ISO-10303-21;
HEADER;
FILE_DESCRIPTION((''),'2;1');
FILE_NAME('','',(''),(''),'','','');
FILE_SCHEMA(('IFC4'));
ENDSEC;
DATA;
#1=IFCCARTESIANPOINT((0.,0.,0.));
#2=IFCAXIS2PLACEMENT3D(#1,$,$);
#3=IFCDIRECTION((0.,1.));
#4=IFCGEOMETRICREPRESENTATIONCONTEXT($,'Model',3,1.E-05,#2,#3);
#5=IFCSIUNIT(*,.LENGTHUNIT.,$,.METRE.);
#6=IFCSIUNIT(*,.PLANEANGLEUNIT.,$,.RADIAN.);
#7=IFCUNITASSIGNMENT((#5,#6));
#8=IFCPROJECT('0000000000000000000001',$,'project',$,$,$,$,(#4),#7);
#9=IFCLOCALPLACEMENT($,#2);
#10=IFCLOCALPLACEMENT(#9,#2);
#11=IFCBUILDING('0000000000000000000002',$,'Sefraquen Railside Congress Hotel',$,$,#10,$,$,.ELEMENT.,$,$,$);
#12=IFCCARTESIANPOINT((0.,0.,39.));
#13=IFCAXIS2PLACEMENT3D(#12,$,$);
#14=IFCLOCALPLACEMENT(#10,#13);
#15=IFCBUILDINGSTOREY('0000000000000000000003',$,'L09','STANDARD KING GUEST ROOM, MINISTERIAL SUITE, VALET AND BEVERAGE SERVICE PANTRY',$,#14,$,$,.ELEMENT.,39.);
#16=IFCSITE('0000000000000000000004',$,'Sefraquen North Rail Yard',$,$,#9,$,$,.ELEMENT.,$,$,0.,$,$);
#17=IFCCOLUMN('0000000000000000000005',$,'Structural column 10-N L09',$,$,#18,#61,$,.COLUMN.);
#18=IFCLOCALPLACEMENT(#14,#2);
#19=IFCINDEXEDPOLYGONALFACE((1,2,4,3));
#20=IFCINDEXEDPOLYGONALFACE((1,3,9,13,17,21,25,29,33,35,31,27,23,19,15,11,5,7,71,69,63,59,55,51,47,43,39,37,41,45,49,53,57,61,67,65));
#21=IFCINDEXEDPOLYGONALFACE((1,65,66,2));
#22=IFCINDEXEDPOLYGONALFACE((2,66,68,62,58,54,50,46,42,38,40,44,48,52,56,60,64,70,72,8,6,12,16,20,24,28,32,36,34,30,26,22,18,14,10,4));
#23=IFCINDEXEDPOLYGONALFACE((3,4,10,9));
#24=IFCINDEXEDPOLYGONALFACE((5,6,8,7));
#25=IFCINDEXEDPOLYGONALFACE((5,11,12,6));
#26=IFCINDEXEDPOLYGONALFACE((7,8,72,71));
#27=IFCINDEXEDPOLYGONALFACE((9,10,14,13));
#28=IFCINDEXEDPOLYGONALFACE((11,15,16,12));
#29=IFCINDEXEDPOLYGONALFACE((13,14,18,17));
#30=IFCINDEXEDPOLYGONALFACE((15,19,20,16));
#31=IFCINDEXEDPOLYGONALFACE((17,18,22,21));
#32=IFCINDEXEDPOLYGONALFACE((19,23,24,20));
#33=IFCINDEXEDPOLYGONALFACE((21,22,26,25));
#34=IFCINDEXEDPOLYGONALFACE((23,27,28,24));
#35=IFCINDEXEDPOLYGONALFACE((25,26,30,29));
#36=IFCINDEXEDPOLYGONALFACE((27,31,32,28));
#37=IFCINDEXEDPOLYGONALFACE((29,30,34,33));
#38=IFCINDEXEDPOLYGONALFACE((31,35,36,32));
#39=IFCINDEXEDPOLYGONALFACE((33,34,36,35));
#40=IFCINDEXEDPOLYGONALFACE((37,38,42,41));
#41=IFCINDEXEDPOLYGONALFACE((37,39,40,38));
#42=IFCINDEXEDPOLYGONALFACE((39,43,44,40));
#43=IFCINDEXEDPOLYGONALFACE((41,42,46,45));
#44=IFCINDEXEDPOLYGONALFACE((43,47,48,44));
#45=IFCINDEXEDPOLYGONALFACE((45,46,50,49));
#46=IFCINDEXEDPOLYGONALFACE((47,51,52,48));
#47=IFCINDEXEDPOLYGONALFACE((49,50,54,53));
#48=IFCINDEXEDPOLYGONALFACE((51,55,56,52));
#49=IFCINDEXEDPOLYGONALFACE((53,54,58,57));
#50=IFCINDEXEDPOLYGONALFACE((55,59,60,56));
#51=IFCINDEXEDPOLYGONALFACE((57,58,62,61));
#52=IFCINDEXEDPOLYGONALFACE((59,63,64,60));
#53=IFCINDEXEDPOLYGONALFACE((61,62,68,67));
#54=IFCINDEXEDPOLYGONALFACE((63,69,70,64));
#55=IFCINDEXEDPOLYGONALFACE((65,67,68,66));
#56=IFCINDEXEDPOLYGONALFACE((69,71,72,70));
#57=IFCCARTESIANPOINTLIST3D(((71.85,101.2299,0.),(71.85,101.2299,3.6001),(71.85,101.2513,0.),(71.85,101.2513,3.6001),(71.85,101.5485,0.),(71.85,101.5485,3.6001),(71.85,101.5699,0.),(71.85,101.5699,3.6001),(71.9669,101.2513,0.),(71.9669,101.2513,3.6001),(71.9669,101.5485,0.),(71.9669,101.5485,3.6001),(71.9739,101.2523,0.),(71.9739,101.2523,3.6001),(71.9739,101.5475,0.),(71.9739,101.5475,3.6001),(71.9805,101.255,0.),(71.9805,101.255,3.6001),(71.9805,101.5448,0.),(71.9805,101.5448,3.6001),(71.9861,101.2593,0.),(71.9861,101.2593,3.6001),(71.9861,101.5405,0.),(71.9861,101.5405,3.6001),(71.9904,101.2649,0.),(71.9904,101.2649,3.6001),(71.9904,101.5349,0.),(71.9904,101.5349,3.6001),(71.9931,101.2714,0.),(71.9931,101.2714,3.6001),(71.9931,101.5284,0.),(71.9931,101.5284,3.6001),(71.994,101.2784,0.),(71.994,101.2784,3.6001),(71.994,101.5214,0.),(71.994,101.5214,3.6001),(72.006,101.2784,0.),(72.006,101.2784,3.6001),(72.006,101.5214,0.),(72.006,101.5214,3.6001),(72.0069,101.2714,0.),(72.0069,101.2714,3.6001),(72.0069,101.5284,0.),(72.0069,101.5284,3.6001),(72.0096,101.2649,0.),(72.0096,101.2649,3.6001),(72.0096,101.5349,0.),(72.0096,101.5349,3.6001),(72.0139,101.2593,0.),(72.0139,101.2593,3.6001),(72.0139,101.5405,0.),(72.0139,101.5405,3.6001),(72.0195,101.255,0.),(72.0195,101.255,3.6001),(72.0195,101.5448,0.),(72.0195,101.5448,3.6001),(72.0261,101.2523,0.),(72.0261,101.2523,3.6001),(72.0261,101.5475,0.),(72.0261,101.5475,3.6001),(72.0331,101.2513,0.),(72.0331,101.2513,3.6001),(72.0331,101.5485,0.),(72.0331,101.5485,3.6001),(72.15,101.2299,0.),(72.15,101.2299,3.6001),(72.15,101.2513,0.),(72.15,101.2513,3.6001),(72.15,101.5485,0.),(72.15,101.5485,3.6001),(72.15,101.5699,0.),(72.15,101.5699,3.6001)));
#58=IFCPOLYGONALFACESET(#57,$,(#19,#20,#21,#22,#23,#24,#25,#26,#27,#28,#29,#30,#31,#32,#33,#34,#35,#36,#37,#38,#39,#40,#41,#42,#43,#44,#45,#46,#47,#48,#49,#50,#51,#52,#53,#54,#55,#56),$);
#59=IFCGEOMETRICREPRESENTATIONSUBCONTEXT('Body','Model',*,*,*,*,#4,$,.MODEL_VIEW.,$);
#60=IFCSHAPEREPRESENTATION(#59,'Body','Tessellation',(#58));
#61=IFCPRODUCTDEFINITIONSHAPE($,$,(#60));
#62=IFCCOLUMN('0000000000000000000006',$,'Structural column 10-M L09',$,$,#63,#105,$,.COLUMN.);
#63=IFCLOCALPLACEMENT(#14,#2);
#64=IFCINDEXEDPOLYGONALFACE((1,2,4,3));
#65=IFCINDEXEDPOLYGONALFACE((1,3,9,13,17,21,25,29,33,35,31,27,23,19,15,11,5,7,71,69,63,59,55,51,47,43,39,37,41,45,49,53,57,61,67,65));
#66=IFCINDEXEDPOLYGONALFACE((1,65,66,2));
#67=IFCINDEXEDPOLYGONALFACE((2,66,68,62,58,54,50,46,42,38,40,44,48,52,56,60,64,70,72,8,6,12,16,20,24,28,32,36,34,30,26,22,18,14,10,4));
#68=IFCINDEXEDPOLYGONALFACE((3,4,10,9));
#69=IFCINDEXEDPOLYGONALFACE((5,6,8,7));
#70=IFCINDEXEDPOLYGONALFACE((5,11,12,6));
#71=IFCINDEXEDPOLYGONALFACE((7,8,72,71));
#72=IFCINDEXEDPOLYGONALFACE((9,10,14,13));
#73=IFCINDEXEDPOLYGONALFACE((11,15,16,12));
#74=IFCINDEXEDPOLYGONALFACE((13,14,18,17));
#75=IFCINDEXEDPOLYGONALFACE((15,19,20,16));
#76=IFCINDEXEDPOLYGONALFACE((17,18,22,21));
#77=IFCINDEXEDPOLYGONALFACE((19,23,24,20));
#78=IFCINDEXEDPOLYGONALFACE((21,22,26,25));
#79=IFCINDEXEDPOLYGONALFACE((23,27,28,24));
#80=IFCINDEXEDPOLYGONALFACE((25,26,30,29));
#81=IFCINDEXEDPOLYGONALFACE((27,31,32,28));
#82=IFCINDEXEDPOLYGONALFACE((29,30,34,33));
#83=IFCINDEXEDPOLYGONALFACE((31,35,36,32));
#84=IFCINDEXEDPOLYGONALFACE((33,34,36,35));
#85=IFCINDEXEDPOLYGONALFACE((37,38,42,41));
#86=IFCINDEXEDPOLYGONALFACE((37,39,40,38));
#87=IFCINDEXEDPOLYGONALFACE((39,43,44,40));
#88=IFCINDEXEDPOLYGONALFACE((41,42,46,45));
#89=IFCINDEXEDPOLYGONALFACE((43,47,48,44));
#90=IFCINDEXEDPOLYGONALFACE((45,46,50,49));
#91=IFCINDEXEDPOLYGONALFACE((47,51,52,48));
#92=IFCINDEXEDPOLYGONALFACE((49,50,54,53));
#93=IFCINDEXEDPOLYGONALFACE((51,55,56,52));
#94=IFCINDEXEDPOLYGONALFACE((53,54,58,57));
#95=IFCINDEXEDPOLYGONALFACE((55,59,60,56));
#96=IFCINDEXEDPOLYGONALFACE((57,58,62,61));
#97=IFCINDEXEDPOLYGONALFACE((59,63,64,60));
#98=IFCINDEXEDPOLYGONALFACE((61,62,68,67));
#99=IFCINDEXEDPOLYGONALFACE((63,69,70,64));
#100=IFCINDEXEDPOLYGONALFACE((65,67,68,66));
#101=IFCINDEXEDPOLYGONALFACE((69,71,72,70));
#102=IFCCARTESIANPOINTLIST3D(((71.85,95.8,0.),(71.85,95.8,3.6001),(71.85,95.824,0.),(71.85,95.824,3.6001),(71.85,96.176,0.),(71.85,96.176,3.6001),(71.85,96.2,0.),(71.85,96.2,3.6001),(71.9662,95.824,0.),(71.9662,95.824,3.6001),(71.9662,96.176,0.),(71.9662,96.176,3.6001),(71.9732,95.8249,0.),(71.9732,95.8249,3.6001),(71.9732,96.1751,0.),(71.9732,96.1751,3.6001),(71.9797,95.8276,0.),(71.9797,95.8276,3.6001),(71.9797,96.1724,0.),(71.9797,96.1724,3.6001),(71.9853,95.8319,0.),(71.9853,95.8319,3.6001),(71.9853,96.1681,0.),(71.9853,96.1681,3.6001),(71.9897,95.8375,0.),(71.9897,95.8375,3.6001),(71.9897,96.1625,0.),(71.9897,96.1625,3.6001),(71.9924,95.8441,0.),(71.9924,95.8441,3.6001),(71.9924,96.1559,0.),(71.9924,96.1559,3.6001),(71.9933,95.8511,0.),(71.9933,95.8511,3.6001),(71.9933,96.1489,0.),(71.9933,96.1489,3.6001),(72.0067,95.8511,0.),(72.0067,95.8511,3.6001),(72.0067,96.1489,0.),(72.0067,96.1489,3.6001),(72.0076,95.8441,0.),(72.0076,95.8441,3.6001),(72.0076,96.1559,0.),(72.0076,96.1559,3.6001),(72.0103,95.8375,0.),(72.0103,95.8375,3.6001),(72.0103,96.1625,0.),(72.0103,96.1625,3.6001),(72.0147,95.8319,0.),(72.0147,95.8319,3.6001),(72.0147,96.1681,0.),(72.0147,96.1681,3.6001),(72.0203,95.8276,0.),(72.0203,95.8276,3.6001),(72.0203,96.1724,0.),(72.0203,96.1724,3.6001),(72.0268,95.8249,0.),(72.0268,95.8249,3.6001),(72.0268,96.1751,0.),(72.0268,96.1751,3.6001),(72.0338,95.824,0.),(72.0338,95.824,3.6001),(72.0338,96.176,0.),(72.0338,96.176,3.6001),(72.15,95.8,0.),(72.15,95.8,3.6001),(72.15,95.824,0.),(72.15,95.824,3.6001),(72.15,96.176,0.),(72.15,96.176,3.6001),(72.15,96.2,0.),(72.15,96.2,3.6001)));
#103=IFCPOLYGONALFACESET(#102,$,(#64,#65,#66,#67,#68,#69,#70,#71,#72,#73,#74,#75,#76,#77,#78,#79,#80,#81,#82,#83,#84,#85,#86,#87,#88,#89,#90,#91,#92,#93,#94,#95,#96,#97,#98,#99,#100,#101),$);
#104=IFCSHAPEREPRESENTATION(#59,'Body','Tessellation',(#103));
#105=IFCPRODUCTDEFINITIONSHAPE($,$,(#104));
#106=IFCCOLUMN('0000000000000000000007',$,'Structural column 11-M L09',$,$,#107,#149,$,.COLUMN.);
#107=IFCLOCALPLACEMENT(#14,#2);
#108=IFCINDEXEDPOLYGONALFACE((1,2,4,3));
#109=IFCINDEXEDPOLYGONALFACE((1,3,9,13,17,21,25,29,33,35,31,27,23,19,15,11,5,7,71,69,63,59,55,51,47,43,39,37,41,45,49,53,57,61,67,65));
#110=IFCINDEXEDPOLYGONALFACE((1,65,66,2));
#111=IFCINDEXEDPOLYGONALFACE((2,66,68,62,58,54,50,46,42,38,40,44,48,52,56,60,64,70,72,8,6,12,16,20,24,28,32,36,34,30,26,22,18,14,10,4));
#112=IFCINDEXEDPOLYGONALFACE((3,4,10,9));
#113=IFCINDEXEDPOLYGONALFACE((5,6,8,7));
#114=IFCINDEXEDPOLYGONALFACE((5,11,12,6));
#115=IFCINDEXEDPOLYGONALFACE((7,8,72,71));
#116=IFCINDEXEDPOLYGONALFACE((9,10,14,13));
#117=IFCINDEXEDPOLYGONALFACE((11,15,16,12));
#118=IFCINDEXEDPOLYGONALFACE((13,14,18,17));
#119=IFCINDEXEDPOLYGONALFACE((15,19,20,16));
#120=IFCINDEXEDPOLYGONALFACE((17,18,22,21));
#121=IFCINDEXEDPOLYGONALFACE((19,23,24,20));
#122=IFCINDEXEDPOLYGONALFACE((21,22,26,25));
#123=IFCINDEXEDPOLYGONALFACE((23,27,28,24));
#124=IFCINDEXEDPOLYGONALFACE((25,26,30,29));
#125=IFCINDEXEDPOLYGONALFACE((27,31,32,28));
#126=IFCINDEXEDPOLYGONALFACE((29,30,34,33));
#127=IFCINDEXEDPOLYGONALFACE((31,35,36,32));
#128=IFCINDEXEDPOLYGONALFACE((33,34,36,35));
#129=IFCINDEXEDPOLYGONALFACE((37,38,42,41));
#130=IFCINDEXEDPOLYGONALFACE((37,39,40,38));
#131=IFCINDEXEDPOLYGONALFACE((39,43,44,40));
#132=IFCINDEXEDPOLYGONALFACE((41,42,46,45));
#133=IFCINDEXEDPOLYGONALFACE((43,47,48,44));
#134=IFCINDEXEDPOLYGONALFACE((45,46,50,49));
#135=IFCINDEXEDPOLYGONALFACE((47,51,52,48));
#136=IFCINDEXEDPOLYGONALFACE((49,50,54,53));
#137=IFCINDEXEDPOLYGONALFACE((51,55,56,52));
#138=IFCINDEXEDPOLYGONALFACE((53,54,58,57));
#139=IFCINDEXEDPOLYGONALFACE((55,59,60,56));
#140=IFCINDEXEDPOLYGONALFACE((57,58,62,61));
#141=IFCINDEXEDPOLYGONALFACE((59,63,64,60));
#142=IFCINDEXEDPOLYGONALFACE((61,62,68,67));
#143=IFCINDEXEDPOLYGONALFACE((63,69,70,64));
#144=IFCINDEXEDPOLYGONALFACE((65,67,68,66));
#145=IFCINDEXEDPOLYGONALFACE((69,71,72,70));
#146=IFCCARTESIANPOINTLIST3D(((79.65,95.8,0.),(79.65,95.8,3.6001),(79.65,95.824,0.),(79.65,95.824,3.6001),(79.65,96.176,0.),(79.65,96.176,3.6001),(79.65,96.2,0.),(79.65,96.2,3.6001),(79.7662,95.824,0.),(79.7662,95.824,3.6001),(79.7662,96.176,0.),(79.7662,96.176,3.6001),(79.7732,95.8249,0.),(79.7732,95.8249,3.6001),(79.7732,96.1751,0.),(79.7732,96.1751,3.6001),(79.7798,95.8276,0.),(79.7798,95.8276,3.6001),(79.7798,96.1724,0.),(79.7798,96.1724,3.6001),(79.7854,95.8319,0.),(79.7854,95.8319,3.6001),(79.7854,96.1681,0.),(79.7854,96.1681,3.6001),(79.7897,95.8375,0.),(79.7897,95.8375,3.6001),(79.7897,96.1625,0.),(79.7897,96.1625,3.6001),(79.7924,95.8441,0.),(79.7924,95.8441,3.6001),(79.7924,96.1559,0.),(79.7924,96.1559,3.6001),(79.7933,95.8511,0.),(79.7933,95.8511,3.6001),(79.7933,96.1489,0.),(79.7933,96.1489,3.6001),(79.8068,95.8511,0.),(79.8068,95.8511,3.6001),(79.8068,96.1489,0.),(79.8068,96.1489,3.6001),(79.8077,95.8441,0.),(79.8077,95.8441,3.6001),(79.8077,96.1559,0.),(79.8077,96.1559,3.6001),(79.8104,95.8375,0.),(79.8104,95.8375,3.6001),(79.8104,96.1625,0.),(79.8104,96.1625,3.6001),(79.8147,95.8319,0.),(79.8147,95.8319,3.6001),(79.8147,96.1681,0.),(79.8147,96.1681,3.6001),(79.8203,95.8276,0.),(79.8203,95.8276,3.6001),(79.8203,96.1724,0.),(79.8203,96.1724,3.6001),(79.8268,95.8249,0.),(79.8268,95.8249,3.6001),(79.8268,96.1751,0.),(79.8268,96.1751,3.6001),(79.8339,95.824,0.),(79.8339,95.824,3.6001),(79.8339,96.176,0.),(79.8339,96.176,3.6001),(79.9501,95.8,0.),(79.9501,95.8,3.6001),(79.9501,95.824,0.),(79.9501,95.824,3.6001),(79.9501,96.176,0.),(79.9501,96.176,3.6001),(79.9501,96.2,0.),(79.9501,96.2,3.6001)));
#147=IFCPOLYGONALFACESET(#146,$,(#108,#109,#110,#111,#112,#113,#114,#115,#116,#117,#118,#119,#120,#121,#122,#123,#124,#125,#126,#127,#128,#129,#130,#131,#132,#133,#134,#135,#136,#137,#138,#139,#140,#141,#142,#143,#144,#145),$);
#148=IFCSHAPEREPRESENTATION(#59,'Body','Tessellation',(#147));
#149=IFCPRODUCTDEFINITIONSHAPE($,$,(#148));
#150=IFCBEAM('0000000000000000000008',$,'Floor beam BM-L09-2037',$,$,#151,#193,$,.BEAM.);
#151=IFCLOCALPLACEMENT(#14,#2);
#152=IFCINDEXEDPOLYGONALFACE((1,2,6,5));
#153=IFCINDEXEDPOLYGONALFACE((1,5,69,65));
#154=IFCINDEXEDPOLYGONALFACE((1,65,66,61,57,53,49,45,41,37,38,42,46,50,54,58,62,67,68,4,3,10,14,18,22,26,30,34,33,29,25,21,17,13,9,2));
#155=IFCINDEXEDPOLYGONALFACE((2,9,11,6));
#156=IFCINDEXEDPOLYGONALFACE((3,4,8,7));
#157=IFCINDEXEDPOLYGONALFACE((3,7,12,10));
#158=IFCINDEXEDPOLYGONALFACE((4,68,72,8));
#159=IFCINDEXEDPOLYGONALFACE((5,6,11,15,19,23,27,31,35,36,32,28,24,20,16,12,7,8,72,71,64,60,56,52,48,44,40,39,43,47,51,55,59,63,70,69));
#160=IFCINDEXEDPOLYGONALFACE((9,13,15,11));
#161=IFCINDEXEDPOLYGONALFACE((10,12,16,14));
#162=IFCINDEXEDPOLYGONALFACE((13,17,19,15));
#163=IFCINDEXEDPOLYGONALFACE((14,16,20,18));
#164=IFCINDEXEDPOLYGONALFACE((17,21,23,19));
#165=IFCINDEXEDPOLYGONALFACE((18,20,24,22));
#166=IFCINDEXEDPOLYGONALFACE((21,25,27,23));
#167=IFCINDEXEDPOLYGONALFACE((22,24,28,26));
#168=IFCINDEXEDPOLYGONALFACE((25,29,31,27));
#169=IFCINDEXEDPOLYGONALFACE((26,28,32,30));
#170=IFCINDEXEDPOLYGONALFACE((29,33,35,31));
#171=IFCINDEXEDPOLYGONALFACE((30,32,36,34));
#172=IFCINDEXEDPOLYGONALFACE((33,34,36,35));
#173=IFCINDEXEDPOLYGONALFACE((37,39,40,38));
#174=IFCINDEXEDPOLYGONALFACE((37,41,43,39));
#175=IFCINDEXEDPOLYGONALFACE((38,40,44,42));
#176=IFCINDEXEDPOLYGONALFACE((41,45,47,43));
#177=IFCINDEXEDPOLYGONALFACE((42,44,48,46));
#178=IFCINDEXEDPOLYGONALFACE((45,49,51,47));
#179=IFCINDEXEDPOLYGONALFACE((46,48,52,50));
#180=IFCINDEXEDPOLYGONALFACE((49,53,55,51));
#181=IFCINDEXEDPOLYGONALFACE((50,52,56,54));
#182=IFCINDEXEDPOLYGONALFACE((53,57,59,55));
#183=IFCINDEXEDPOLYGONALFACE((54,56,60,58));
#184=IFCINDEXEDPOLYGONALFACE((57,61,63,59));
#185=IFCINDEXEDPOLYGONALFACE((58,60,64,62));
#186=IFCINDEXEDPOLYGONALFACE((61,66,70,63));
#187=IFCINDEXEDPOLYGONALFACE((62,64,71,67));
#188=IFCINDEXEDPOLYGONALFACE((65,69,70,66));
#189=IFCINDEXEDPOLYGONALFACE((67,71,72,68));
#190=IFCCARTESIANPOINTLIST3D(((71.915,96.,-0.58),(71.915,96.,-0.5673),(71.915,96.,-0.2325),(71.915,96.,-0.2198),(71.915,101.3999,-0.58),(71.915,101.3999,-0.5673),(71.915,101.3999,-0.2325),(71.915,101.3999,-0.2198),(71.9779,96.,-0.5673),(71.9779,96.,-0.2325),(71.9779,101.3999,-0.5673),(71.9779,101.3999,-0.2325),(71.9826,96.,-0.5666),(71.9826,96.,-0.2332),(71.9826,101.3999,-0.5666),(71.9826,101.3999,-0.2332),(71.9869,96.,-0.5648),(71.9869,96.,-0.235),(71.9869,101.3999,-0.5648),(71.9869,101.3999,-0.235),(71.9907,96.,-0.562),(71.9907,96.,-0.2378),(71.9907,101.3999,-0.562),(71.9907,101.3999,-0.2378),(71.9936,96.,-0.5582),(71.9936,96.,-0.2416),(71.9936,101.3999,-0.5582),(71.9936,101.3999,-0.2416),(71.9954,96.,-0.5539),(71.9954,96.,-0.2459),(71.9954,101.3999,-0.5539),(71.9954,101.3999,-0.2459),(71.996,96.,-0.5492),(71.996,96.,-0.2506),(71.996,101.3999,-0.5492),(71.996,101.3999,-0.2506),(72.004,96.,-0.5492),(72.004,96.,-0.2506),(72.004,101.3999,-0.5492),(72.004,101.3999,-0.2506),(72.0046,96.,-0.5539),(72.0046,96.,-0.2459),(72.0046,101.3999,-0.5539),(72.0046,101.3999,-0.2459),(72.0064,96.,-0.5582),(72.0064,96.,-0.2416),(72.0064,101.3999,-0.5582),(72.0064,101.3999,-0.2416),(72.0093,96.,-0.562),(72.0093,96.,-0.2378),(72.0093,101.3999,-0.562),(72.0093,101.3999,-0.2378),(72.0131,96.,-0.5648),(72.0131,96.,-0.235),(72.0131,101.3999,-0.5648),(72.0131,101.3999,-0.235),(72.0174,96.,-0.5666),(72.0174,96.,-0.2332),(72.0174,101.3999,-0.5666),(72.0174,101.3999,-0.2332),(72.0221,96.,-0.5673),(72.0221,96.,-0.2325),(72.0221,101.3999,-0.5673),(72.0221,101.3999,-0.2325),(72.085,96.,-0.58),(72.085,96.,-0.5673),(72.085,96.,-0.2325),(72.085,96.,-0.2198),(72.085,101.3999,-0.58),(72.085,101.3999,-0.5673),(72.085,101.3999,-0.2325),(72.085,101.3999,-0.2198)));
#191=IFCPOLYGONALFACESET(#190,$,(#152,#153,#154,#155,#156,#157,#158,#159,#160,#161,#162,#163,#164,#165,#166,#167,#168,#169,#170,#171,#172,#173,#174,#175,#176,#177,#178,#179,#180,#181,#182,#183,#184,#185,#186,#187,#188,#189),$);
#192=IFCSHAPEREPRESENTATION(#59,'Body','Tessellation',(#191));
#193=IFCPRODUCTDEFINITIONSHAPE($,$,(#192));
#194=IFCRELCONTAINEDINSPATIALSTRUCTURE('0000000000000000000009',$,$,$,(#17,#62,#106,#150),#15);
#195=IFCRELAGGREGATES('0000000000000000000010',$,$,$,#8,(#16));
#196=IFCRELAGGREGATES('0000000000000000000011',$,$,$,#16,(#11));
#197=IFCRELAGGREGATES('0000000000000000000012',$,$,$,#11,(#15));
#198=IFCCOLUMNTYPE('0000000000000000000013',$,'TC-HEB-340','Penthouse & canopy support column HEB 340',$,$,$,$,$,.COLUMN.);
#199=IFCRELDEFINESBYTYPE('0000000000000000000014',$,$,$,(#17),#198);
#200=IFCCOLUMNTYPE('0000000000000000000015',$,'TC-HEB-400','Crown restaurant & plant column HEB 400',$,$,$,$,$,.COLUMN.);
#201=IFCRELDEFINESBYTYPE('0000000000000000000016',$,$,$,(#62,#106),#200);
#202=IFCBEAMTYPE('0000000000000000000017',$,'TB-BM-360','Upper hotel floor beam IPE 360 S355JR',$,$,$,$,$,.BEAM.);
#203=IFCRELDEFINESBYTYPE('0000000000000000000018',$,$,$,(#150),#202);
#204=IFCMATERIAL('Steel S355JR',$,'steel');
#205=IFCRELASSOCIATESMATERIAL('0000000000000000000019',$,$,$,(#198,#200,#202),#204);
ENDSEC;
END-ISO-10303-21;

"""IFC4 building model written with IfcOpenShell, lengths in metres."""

from ifc_helpers import new_model, si_unit, direction, frame, origin, origin_2d, place, context, subcontext, project, spatial, i_section, extrude, material, material_profile, profile_set, type_object, element, save


model = new_model("IFC4")

# Units and contexts
model_context = context("Model", 3, precision=1e-05, world=origin(), true_north=direction((0.0, 1.0)))
body_context = subcontext(model_context, "Body", "Model", "MODEL_VIEW")
ifc_project = project(units=[si_unit("LENGTHUNIT", "METRE"), si_unit("PLANEANGLEUNIT", "RADIAN")], contexts=[model_context])

# Site, building, storey
site_placement = place(None, origin())
site = spatial("IfcSite", under=ifc_project, at=site_placement, Name="Sefraquen North Rail Yard", CompositionType="ELEMENT", RefElevation=0.0)
building_placement = place(site_placement, origin())
building = spatial("IfcBuilding", under=site, at=building_placement, Name="Sefraquen Railside Congress Hotel", CompositionType="ELEMENT")
storey_placement = place(building_placement, frame((0.0, 0.0, 39.0)))
storey = spatial("IfcBuildingStorey", under=building, at=storey_placement, Name="L09", Description="STANDARD KING GUEST ROOM, MINISTERIAL SUITE, VALET AND BEVERAGE SERVICE PANTRY", CompositionType="ELEMENT", Elevation=39.0)

# Columns
ifc_material_1 = material(Name="Steel S355JR", Category="steel")
ifc_material_profile_1 = material_profile(ifc_material_1, i_section(OverallWidth=0.3, OverallDepth=0.3401, WebThickness=0.012, FlangeThickness=0.0215, FilletRadius=0.0271, at=origin_2d()), Name="HEB 340")
ifc_profile_set_1 = profile_set([ifc_material_profile_1], Name="Steel S355JR")
column_type_1 = type_object("IfcColumnType", Name="TC-HEB-340", Description="Penthouse & canopy support column HEB 340", PredefinedType="COLUMN", material=ifc_profile_set_1)
column_placement = place(storey_placement, frame((72.0, 101.3999, 0.0), z_axis=(0.0, 0.0, 1.0), x_axis=(1.0, 0.0, 0.0)))
element("IfcColumn", 1, at=column_placement, inside=storey, type_object=column_type_1, Name="Structural column 10-N L09", PredefinedType="COLUMN", context=body_context, shape_type="SweptSolid", body=[
    extrude(i_section(OverallWidth=0.3, OverallDepth=0.3401, WebThickness=0.012, FlangeThickness=0.0215, FilletRadius=0.0271, at=origin_2d()), origin(), (0.0, 0.0, 1.0), 3.6001),
])
ifc_material_profile_2 = material_profile(ifc_material_1, i_section(OverallWidth=0.3, OverallDepth=0.3999, WebThickness=0.0134, FlangeThickness=0.0239, FilletRadius=0.0271, at=origin_2d()), Name="HEB 400")
ifc_profile_set_2 = profile_set([ifc_material_profile_2], Name="Steel S355JR")
column_type_2 = type_object("IfcColumnType", Name="TC-HEB-400", Description="Crown restaurant & plant column HEB 400", PredefinedType="COLUMN", material=ifc_profile_set_2)
for number, where, z_axis, x_axis, name in (
    (2, (72.0, 96.0, 0.0), (0.0, 0.0, 1.0), (1.0, 0.0, 0.0), "Structural column 10-M L09"),
    (3, (79.8, 96.0, 0.0), (0.0, 0.0, 1.0), (1.0, 0.0, 0.0), "Structural column 11-M L09"),
):
    element("IfcColumn", number, at=place(storey_placement, frame(where, z_axis=z_axis, x_axis=x_axis)), inside=storey, type_object=column_type_2, Name=name, PredefinedType="COLUMN", context=body_context, shape_type="SweptSolid", body=[
        extrude(i_section(OverallWidth=0.3, OverallDepth=0.3999, WebThickness=0.0134, FlangeThickness=0.0239, FilletRadius=0.0271, at=origin_2d()), origin(), (0.0, 0.0, 1.0), 3.6001),
    ])

# Beam
ifc_material_profile_3 = material_profile(ifc_material_1, i_section(OverallWidth=0.1699, OverallDepth=0.3601, WebThickness=0.0081, FlangeThickness=0.0127, FilletRadius=0.0181, at=origin_2d()), Name="IPE 360")
ifc_profile_set_3 = profile_set([ifc_material_profile_3], Name="Steel S355JR")
beam_type_1 = type_object("IfcBeamType", Name="TB-BM-360", Description="Upper hotel floor beam IPE 360 S355JR", PredefinedType="BEAM", material=ifc_profile_set_3)
for number, where, z_axis, x_axis, name in (
    (4, (72.0, 96.0, -0.3999), (0.0, 1.0, 0.0), (-1.0, 0.0, 0.0), "Floor beam BM-L09-2037"),
):
    element("IfcBeam", number, at=place(storey_placement, frame(where, z_axis=z_axis, x_axis=x_axis)), inside=storey, type_object=beam_type_1, Name=name, PredefinedType="BEAM", context=body_context, shape_type="SweptSolid", body=[
        extrude(i_section(OverallWidth=0.1699, OverallDepth=0.3601, WebThickness=0.0081, FlangeThickness=0.0127, FilletRadius=0.0181, at=origin_2d()), origin(), (0.0, 0.0, 1.0), 5.3999),
    ])

save(model, "model.ifc")
